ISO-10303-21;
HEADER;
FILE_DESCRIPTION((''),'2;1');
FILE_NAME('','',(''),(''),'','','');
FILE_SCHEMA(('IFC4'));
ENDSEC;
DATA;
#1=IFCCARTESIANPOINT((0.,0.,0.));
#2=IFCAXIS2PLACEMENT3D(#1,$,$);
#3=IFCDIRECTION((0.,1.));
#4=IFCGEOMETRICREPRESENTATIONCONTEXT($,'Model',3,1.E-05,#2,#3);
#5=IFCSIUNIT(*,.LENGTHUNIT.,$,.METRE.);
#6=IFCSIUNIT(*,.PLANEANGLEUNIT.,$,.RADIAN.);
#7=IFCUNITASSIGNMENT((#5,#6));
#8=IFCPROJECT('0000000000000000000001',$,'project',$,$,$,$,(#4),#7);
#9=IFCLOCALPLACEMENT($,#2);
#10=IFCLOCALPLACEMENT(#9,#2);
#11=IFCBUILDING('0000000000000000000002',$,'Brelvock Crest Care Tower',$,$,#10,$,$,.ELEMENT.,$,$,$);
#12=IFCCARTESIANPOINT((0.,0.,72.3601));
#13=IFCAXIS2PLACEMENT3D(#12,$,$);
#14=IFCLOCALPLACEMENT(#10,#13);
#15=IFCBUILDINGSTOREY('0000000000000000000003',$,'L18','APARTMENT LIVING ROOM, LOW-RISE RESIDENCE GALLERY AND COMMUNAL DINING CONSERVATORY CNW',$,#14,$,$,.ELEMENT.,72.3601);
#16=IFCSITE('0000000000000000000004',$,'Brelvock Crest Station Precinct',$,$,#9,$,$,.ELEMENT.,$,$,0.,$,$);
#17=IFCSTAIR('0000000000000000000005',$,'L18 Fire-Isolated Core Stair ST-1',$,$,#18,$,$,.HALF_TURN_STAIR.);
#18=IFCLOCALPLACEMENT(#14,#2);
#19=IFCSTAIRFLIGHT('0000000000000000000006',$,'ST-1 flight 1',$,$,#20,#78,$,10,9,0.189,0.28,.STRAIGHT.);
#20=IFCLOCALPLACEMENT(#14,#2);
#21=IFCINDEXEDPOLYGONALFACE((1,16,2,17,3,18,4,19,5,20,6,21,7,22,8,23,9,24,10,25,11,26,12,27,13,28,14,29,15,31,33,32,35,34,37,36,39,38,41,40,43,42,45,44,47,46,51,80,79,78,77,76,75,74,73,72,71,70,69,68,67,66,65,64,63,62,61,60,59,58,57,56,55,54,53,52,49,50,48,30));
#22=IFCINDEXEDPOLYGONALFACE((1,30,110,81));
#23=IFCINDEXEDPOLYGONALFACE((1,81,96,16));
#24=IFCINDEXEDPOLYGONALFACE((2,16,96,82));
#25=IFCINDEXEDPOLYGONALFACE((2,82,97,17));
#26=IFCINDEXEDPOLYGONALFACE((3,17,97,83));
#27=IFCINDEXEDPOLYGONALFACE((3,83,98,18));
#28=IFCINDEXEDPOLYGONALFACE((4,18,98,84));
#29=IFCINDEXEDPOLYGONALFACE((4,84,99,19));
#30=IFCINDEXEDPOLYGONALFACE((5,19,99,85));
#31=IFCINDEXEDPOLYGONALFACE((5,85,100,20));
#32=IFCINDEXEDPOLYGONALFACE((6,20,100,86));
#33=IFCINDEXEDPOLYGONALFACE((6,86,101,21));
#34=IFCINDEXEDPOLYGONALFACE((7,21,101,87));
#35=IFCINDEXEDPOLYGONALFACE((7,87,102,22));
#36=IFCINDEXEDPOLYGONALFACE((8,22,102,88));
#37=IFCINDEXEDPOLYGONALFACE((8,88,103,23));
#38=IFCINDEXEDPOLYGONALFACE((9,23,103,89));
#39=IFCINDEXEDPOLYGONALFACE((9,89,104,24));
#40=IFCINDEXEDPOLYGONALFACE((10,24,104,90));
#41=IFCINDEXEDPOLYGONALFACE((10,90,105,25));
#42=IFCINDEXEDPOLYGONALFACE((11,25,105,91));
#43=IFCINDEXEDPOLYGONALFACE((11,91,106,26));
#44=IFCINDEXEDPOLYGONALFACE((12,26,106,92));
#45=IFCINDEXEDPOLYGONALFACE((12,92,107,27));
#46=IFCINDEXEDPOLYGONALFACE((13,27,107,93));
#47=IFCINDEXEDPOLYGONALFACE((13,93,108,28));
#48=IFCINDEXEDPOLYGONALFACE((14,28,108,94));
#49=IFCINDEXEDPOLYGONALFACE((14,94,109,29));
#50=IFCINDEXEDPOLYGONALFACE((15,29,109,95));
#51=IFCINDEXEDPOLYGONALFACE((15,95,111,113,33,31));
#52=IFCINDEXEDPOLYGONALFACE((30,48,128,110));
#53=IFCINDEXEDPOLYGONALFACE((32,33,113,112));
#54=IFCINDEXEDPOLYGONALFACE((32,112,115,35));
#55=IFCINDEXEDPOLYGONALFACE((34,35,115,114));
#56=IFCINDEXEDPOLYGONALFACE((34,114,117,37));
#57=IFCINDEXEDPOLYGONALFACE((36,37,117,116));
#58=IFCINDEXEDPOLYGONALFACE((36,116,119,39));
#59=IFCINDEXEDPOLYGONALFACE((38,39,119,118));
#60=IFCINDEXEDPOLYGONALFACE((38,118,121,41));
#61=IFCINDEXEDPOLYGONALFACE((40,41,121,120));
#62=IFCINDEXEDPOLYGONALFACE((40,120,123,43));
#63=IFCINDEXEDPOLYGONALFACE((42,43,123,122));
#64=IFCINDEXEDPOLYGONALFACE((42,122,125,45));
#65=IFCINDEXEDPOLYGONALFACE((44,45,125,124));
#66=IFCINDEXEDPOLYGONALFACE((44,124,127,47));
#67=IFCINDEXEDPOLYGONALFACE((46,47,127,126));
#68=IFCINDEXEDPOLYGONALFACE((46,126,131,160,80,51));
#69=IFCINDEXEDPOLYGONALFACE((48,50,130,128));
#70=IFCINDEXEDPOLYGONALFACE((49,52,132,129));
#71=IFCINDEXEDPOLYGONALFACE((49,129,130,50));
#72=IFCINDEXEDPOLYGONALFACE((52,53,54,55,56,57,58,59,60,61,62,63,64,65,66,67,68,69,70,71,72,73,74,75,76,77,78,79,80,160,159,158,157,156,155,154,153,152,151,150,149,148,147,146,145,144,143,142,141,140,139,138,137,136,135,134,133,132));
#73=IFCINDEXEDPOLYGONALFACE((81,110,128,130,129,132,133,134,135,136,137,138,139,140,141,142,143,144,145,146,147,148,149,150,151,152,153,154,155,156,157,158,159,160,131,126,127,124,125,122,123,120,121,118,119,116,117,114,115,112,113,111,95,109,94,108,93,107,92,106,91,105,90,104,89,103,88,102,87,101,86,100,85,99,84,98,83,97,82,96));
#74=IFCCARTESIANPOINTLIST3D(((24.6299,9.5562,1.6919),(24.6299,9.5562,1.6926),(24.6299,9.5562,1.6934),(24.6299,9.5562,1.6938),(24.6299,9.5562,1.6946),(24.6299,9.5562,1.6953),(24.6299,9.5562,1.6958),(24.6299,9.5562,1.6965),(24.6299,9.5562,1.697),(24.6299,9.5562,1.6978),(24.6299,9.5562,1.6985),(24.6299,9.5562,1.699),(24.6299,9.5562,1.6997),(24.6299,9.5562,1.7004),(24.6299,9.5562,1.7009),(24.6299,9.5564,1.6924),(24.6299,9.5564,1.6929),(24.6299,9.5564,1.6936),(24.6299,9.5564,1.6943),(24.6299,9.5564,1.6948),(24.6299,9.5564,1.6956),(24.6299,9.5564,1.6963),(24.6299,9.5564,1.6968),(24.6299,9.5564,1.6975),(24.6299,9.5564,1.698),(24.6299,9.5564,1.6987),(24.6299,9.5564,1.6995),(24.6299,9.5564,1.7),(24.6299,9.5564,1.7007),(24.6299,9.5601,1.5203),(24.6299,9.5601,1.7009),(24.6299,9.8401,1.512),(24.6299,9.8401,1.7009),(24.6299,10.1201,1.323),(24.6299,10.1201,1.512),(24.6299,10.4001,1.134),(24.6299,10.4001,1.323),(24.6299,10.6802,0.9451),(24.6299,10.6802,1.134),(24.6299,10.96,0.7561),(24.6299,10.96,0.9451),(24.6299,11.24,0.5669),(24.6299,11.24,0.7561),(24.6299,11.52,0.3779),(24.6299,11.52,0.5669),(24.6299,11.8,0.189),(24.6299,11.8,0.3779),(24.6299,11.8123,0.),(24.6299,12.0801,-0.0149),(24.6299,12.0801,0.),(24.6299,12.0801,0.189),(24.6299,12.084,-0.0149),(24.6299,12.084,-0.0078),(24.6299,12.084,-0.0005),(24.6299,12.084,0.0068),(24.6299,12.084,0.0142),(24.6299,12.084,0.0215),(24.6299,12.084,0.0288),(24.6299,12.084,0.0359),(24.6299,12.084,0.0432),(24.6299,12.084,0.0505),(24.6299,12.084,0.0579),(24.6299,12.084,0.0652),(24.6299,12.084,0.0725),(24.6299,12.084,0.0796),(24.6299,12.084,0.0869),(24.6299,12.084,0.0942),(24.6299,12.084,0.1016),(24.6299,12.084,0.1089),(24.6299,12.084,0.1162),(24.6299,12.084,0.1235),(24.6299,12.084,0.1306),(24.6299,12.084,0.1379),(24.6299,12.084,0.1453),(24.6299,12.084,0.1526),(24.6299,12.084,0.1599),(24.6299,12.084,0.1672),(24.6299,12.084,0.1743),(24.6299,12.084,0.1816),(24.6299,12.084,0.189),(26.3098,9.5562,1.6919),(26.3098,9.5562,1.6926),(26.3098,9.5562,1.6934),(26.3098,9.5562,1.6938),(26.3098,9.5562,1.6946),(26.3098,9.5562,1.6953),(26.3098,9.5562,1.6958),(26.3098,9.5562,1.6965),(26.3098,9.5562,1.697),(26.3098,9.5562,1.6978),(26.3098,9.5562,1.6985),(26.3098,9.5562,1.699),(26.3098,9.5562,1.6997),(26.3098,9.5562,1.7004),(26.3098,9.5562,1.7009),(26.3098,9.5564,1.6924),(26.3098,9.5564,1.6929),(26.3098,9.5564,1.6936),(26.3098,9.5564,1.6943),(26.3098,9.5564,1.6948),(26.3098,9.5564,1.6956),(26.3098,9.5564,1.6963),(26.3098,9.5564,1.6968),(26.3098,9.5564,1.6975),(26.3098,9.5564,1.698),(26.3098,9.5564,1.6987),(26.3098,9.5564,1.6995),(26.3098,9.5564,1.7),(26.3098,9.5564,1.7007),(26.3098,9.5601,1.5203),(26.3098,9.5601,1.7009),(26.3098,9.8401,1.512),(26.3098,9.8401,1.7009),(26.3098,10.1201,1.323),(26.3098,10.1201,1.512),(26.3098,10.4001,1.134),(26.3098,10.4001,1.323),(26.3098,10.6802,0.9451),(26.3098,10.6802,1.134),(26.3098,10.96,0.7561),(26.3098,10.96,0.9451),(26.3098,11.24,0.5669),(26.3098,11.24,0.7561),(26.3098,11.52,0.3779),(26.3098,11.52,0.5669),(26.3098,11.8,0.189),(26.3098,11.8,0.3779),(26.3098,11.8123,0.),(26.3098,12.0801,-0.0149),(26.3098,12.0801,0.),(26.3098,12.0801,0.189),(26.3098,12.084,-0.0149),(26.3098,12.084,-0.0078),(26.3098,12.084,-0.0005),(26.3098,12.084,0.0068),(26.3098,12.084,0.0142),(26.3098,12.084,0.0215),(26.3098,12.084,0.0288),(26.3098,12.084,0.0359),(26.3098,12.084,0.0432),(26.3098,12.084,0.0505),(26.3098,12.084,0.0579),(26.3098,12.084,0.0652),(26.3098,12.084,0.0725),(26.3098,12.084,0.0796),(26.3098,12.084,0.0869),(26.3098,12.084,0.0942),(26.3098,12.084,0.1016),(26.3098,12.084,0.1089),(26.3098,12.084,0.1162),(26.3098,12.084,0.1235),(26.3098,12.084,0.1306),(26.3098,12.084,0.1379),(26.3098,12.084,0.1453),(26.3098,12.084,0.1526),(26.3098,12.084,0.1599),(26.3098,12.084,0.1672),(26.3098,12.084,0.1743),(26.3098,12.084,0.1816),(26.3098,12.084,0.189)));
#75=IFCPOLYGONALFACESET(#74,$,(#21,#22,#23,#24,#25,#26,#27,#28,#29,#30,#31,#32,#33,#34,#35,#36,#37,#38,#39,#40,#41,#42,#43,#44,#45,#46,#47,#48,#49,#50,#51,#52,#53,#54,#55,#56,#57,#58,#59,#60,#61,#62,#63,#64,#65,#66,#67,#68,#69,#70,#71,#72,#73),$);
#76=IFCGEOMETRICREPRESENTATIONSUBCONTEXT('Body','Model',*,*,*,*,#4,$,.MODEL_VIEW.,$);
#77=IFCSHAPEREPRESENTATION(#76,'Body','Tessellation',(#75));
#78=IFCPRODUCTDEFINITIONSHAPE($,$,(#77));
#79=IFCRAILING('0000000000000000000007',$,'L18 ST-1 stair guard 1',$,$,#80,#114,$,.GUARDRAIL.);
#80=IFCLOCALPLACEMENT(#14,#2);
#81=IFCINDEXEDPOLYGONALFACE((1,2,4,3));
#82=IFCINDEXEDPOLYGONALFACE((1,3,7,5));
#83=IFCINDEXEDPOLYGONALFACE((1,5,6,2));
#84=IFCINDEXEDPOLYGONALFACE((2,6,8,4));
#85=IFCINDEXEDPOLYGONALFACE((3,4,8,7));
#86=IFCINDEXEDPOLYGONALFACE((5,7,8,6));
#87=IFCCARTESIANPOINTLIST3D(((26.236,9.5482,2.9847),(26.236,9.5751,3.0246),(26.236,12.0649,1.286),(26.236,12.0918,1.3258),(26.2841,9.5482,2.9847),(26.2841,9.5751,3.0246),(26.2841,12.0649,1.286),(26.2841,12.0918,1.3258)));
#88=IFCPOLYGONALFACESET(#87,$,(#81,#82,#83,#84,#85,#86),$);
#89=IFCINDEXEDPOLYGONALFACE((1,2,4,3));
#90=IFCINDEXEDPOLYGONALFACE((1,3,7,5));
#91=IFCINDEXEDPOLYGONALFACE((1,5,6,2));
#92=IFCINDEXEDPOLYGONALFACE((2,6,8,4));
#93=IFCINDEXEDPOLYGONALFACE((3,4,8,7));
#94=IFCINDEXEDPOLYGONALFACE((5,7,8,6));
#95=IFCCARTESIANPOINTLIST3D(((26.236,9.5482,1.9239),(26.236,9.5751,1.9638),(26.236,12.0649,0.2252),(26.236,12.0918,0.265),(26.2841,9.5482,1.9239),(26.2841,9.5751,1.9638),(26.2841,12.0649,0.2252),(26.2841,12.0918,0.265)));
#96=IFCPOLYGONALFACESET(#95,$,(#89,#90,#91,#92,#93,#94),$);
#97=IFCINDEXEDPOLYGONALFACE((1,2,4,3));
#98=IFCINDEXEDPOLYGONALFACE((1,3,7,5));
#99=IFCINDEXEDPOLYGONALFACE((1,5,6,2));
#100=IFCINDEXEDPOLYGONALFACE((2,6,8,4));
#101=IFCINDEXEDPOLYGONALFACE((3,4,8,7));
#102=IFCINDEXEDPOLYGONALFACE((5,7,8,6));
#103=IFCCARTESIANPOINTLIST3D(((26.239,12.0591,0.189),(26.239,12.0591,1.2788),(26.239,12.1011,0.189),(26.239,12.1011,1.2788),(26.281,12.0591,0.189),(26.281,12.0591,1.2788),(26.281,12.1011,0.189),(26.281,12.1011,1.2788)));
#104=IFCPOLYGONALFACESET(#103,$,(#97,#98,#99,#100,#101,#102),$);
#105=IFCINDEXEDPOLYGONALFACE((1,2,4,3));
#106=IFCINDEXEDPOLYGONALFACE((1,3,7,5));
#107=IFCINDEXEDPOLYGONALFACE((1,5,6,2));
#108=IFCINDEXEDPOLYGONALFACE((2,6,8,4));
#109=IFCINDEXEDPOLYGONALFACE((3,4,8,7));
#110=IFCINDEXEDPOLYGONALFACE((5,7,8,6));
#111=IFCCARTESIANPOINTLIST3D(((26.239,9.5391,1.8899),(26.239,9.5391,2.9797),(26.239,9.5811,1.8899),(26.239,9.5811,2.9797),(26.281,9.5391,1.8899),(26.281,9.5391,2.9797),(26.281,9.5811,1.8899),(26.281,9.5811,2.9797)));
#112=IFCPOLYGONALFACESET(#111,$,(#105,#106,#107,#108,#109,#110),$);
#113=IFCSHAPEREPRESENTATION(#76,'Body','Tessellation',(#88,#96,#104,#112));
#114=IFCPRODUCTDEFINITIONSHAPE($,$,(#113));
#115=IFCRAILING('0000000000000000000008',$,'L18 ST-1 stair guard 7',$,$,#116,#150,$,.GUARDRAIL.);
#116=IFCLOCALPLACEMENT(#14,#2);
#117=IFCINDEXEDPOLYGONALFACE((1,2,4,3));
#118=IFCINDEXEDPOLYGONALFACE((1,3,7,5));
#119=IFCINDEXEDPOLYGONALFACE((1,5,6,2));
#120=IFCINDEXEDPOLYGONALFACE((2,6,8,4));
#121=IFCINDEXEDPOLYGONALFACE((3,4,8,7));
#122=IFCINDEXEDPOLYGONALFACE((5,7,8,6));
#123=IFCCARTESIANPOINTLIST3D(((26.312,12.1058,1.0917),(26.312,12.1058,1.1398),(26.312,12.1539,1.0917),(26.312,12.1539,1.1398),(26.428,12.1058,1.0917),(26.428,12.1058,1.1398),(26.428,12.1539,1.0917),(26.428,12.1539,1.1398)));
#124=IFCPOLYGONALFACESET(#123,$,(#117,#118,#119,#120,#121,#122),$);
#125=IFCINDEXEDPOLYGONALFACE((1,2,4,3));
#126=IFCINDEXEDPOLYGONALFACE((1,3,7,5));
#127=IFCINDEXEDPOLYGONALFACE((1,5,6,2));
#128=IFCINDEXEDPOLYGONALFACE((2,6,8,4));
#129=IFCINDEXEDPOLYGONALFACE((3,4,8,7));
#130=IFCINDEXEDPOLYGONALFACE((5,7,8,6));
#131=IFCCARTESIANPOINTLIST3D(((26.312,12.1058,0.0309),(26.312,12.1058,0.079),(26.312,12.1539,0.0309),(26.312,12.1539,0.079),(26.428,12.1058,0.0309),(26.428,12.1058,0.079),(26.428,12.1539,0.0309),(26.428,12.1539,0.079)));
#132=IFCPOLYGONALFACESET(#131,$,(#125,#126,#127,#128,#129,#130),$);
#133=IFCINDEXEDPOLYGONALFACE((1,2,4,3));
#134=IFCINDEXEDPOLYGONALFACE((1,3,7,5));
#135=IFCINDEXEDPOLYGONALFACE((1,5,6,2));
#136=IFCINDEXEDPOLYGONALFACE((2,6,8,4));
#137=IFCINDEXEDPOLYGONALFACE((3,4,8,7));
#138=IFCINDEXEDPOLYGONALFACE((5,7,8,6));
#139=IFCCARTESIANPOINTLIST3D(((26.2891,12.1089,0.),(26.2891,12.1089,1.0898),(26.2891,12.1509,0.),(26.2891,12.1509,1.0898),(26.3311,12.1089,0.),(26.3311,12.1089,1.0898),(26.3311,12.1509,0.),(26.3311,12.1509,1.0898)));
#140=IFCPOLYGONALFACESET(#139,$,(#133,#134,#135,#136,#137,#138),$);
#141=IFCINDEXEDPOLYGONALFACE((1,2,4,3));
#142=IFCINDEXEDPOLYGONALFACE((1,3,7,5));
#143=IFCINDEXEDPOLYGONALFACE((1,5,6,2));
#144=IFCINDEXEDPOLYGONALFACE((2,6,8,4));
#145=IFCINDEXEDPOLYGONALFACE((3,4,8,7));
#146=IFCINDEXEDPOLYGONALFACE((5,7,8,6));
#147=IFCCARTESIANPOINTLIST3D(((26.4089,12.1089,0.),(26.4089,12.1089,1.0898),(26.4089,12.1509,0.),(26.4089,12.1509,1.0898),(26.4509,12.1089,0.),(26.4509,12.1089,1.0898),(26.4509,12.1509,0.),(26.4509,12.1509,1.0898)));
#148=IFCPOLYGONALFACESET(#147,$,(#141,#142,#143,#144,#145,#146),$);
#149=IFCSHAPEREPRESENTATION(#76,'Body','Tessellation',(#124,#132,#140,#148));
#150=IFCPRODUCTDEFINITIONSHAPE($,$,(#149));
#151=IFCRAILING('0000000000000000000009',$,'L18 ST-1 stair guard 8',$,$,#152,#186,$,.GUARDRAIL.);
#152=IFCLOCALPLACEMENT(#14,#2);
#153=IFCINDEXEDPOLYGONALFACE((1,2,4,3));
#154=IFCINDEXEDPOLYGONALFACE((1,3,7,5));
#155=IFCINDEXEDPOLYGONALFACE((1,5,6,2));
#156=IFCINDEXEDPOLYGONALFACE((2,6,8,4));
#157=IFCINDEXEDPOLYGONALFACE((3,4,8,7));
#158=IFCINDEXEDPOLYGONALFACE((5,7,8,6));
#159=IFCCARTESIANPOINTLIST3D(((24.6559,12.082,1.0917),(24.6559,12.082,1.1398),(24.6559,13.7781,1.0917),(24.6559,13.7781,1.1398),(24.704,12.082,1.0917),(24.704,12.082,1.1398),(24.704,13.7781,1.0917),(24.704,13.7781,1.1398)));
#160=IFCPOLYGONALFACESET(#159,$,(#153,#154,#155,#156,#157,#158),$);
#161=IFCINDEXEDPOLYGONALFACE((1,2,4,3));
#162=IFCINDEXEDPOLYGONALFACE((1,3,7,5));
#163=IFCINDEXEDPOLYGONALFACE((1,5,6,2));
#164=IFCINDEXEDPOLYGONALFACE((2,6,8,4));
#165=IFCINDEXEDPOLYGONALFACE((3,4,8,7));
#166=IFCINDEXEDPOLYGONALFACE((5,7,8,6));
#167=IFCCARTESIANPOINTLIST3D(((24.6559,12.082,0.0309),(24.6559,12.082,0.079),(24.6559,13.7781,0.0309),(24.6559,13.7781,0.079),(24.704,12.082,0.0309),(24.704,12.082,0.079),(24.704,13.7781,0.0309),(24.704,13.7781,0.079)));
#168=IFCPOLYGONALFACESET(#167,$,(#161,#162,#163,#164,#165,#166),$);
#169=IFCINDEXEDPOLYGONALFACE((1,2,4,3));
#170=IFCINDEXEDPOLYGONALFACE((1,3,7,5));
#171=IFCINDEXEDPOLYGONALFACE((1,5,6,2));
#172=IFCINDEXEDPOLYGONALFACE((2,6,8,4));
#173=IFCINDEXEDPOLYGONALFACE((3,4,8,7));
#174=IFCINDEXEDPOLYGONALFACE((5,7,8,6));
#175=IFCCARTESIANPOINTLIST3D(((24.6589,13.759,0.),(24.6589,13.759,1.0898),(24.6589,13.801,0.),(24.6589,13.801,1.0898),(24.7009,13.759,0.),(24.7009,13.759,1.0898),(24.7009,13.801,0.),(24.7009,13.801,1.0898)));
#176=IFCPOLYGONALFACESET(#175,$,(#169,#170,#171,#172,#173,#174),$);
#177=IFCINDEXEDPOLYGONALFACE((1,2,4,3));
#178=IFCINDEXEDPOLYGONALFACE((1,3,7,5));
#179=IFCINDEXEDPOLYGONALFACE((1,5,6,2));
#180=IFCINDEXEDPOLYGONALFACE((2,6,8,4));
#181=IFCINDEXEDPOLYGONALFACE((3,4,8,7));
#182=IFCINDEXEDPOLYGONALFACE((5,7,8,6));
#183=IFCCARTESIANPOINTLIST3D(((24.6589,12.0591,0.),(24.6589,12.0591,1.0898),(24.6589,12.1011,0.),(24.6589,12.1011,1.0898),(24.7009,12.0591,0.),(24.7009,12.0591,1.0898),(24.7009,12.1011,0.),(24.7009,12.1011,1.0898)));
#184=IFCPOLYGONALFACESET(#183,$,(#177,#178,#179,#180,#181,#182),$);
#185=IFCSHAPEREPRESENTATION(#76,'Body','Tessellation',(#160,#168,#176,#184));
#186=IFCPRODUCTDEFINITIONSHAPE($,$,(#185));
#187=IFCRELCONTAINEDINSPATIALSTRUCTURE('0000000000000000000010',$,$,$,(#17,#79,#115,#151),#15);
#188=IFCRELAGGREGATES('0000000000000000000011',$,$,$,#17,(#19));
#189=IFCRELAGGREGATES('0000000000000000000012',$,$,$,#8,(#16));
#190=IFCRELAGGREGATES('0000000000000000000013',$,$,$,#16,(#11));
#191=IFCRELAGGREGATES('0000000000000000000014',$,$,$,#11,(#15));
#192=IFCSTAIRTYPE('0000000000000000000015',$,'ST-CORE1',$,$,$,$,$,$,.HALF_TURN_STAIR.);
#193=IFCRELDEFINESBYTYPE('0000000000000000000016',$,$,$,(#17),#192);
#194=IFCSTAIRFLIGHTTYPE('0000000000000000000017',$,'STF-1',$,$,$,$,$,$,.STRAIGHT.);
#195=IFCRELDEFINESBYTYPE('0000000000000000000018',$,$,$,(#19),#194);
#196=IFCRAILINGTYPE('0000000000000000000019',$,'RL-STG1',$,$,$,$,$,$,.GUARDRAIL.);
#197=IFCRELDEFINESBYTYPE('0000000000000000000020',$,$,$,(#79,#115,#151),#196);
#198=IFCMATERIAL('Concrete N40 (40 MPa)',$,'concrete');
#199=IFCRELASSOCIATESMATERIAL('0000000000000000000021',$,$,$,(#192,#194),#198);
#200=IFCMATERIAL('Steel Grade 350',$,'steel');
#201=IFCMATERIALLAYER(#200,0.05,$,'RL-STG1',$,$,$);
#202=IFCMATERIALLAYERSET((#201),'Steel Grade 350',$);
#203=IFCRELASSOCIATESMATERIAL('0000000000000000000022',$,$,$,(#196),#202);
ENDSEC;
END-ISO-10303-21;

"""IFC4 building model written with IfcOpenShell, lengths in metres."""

from ifc_helpers import new_model, si_unit, direction, frame, origin, origin_2d, place, context, subcontext, project, spatial, polyline, rectangle, outline, extrude, material, layer, layer_set, type_object, element, aggregate, save


model = new_model("IFC4")

# Units and contexts
model_context = context("Model", 3, precision=1e-05, world=origin(), true_north=direction((0.0, 1.0)))
body_context = subcontext(model_context, "Body", "Model", "MODEL_VIEW")
ifc_project = project(units=[si_unit("LENGTHUNIT", "METRE"), si_unit("PLANEANGLEUNIT", "RADIAN")], contexts=[model_context])

# Site, building, storey
site_placement = place(None, origin())
site = spatial("IfcSite", under=ifc_project, at=site_placement, Name="Brelvock Crest Station Precinct", CompositionType="ELEMENT", RefElevation=0.0)
building_placement = place(site_placement, origin())
building = spatial("IfcBuilding", under=site, at=building_placement, Name="Brelvock Crest Care Tower", CompositionType="ELEMENT")
storey_placement = place(building_placement, frame((0.0, 0.0, 72.3601)))
storey = spatial("IfcBuildingStorey", under=building, at=storey_placement, Name="L18", Description="APARTMENT LIVING ROOM, LOW-RISE RESIDENCE GALLERY AND COMMUNAL DINING CONSERVATORY CNW", CompositionType="ELEMENT", Elevation=72.3601)

# Shared definitions
ifc_material_1 = material(Name="Steel Grade 350", Category="steel")

# Stair, stair flight
ifc_material_2 = material(Name="Concrete N40 (40 MPa)", Category="concrete")
stair_type = type_object("IfcStairType", Name="ST-CORE1", PredefinedType="HALF_TURN_STAIR", material=ifc_material_2)
stair_placement = place(storey_placement, origin())
stair = element("IfcStair", 1, at=stair_placement, inside=storey, type_object=stair_type, Name="L18 Fire-Isolated Core Stair ST-1", PredefinedType="HALF_TURN_STAIR")
stair_flight_type = type_object("IfcStairFlightType", Name="STF-1", PredefinedType="STRAIGHT", material=ifc_material_2)
stair_flight_placement = place(storey_placement, frame((25.47, 12.0801, 0.0), z_axis=(0.0, 0.0, 1.0), x_axis=(0.0, -1.0, 0.0)))
stair_flight = element("IfcStairFlight", 2, at=stair_flight_placement, type_object=stair_flight_type, Name="ST-1 flight 1", NumberOfRisers=10, NumberOfTreads=9, PredefinedType="STRAIGHT", RiserHeight=0.189, TreadLength=0.28, context=body_context, shape_type="SweptSolid", body=[
    extrude(outline(polyline([(-0.0039, -0.0149), (-0.0039, -0.0078), (-0.0039, -0.0005), (-0.0039, 0.0068), (-0.0039, 0.0142), (-0.0039, 0.0215), (-0.0039, 0.0288), (-0.0039, 0.0359), (-0.0039, 0.0432), (-0.0039, 0.0505), (-0.0039, 0.0579), (-0.0039, 0.0652), (-0.0039, 0.0725), (-0.0039, 0.0796), (-0.0039, 0.0869), (-0.0039, 0.0942), (-0.0039, 0.1016), (-0.0039, 0.1089), (-0.0039, 0.1162), (-0.0039, 0.1235), (-0.0039, 0.1306), (-0.0039, 0.1379), (-0.0039, 0.1453), (-0.0039, 0.1526), (-0.0039, 0.1599), (-0.0039, 0.1672), (-0.0039, 0.1743), (-0.0039, 0.1816), (-0.0039, 0.189), (0.0, 0.189), (0.28, 0.189), (0.28, 0.3779), (0.5601, 0.3779), (0.5601, 0.5669), (0.8401, 0.5669), (0.8401, 0.7561), (1.1201, 0.7561), (1.1201, 0.9451), (1.3999, 0.9451), (1.3999, 1.134), (1.6799, 1.134), (1.6799, 1.323), (1.96, 1.323), (1.96, 1.512), (2.24, 1.512), (2.24, 1.7009), (2.52, 1.7009), (2.5239, 1.7009), (2.5237, 1.7007), (2.5239, 1.7004), (2.5237, 1.7), (2.5239, 1.6997), (2.5237, 1.6995), (2.5239, 1.699), (2.5237, 1.6987), (2.5239, 1.6985), (2.5237, 1.698), (2.5239, 1.6978), (2.5237, 1.6975), (2.5239, 1.697), (2.5237, 1.6968), (2.5239, 1.6965), (2.5237, 1.6963), (2.5239, 1.6958), (2.5237, 1.6956), (2.5239, 1.6953), (2.5237, 1.6948), (2.5239, 1.6946), (2.5237, 1.6943), (2.5239, 1.6938), (2.5237, 1.6936), (2.5239, 1.6934), (2.5237, 1.6929), (2.5239, 1.6926), (2.5237, 1.6924), (2.5239, 1.6919), (2.52, 1.5203), (0.2678, 0.0), (0.0, 0.0), (0.0, -0.0149), (-0.0039, -0.0149)])), frame((0.0, 0.8398, 0.0), z_axis=(0.0, -1.0, 0.0), x_axis=(1.0, 0.0, 0.0)), (0.0, 0.0, 1.0), 1.6799),
])
aggregate(stair, [stair_flight])

# Railings
ifc_layer_1 = layer(ifc_material_1, 0.05, Name="RL-STG1")
ifc_layer_set_1 = layer_set([ifc_layer_1], Name="Steel Grade 350")
railing_type_1 = type_object("IfcRailingType", Name="RL-STG1", PredefinedType="GUARDRAIL", material=ifc_layer_set_1)
railing_1_placement = place(storey_placement, frame((26.26, 12.0801, 0.189)))
element("IfcRailing", 3, at=railing_1_placement, inside=storey, type_object=railing_type_1, Name="L18 ST-1 stair guard 1", PredefinedType="GUARDRAIL", context=body_context, shape_type="SweptSolid", body=[
    extrude(rectangle(XDim=0.0481, YDim=0.0481, at=origin_2d()), frame((0.0, -0.0017, 1.1169), z_axis=(0.0, -0.828862, 0.559454), x_axis=(1.0, 0.0, 0.0)), (0.0, 0.0, 1.0), 3.0364),
    extrude(rectangle(XDim=0.0481, YDim=0.0481, at=origin_2d()), frame((0.0, -0.0017, 0.0562), z_axis=(0.0, -0.828862, 0.559454), x_axis=(1.0, 0.0, 0.0)), (0.0, 0.0, 1.0), 3.0364),
    extrude(rectangle(XDim=0.042, YDim=0.042, at=origin_2d()), origin(), (0.0, 0.0, 1.0), 1.0898),
    extrude(rectangle(XDim=0.042, YDim=0.042, at=origin_2d()), frame((0.0, -2.52, 1.7009)), (0.0, 0.0, 1.0), 1.0898),
])
railing_2_placement = place(storey_placement, frame((26.3101, 12.1299, 0.0)))
element("IfcRailing", 4, at=railing_2_placement, inside=storey, type_object=railing_type_1, Name="L18 ST-1 stair guard 7", PredefinedType="GUARDRAIL", context=body_context, shape_type="SweptSolid", body=[
    extrude(rectangle(XDim=0.0481, YDim=0.0481, at=origin_2d()), frame((0.002, 0.0, 1.1157), z_axis=(1.0, 0.0, 0.0), x_axis=(0.0, 1.0, 0.0)), (0.0, 0.0, 1.0), 0.116),
    extrude(rectangle(XDim=0.0481, YDim=0.0481, at=origin_2d()), frame((0.002, 0.0, 0.0549), z_axis=(1.0, 0.0, 0.0), x_axis=(0.0, 1.0, 0.0)), (0.0, 0.0, 1.0), 0.116),
    extrude(rectangle(XDim=0.042, YDim=0.042, at=origin_2d()), origin(), (0.0, 0.0, 1.0), 1.0898),
    extrude(rectangle(XDim=0.042, YDim=0.042, at=origin_2d()), frame((0.1199, 0.0, 0.0)), (0.0, 0.0, 1.0), 1.0898),
])
for number, where, name in (
    (5, (24.6799, 13.78, 0.0), "L18 ST-1 stair guard 8"),
):
    element("IfcRailing", number, at=place(storey_placement, frame(where)), inside=storey, type_object=railing_type_1, Name=name, PredefinedType="GUARDRAIL", context=body_context, shape_type="SweptSolid", body=[
        extrude(rectangle(XDim=0.0481, YDim=0.0481, at=origin_2d()), frame((0.0, -0.002, 1.1157), z_axis=(0.0, -1.0, 0.0), x_axis=(1.0, 0.0, 0.0)), (0.0, 0.0, 1.0), 1.696),
        extrude(rectangle(XDim=0.0481, YDim=0.0481, at=origin_2d()), frame((0.0, -0.002, 0.0549), z_axis=(0.0, -1.0, 0.0), x_axis=(1.0, 0.0, 0.0)), (0.0, 0.0, 1.0), 1.696),
        extrude(rectangle(XDim=0.042, YDim=0.042, at=origin_2d()), origin(), (0.0, 0.0, 1.0), 1.0898),
        extrude(rectangle(XDim=0.042, YDim=0.042, at=origin_2d()), frame((0.0, -1.7, 0.0)), (0.0, 0.0, 1.0), 1.0898),
    ])

save(model, "model.ifc")
